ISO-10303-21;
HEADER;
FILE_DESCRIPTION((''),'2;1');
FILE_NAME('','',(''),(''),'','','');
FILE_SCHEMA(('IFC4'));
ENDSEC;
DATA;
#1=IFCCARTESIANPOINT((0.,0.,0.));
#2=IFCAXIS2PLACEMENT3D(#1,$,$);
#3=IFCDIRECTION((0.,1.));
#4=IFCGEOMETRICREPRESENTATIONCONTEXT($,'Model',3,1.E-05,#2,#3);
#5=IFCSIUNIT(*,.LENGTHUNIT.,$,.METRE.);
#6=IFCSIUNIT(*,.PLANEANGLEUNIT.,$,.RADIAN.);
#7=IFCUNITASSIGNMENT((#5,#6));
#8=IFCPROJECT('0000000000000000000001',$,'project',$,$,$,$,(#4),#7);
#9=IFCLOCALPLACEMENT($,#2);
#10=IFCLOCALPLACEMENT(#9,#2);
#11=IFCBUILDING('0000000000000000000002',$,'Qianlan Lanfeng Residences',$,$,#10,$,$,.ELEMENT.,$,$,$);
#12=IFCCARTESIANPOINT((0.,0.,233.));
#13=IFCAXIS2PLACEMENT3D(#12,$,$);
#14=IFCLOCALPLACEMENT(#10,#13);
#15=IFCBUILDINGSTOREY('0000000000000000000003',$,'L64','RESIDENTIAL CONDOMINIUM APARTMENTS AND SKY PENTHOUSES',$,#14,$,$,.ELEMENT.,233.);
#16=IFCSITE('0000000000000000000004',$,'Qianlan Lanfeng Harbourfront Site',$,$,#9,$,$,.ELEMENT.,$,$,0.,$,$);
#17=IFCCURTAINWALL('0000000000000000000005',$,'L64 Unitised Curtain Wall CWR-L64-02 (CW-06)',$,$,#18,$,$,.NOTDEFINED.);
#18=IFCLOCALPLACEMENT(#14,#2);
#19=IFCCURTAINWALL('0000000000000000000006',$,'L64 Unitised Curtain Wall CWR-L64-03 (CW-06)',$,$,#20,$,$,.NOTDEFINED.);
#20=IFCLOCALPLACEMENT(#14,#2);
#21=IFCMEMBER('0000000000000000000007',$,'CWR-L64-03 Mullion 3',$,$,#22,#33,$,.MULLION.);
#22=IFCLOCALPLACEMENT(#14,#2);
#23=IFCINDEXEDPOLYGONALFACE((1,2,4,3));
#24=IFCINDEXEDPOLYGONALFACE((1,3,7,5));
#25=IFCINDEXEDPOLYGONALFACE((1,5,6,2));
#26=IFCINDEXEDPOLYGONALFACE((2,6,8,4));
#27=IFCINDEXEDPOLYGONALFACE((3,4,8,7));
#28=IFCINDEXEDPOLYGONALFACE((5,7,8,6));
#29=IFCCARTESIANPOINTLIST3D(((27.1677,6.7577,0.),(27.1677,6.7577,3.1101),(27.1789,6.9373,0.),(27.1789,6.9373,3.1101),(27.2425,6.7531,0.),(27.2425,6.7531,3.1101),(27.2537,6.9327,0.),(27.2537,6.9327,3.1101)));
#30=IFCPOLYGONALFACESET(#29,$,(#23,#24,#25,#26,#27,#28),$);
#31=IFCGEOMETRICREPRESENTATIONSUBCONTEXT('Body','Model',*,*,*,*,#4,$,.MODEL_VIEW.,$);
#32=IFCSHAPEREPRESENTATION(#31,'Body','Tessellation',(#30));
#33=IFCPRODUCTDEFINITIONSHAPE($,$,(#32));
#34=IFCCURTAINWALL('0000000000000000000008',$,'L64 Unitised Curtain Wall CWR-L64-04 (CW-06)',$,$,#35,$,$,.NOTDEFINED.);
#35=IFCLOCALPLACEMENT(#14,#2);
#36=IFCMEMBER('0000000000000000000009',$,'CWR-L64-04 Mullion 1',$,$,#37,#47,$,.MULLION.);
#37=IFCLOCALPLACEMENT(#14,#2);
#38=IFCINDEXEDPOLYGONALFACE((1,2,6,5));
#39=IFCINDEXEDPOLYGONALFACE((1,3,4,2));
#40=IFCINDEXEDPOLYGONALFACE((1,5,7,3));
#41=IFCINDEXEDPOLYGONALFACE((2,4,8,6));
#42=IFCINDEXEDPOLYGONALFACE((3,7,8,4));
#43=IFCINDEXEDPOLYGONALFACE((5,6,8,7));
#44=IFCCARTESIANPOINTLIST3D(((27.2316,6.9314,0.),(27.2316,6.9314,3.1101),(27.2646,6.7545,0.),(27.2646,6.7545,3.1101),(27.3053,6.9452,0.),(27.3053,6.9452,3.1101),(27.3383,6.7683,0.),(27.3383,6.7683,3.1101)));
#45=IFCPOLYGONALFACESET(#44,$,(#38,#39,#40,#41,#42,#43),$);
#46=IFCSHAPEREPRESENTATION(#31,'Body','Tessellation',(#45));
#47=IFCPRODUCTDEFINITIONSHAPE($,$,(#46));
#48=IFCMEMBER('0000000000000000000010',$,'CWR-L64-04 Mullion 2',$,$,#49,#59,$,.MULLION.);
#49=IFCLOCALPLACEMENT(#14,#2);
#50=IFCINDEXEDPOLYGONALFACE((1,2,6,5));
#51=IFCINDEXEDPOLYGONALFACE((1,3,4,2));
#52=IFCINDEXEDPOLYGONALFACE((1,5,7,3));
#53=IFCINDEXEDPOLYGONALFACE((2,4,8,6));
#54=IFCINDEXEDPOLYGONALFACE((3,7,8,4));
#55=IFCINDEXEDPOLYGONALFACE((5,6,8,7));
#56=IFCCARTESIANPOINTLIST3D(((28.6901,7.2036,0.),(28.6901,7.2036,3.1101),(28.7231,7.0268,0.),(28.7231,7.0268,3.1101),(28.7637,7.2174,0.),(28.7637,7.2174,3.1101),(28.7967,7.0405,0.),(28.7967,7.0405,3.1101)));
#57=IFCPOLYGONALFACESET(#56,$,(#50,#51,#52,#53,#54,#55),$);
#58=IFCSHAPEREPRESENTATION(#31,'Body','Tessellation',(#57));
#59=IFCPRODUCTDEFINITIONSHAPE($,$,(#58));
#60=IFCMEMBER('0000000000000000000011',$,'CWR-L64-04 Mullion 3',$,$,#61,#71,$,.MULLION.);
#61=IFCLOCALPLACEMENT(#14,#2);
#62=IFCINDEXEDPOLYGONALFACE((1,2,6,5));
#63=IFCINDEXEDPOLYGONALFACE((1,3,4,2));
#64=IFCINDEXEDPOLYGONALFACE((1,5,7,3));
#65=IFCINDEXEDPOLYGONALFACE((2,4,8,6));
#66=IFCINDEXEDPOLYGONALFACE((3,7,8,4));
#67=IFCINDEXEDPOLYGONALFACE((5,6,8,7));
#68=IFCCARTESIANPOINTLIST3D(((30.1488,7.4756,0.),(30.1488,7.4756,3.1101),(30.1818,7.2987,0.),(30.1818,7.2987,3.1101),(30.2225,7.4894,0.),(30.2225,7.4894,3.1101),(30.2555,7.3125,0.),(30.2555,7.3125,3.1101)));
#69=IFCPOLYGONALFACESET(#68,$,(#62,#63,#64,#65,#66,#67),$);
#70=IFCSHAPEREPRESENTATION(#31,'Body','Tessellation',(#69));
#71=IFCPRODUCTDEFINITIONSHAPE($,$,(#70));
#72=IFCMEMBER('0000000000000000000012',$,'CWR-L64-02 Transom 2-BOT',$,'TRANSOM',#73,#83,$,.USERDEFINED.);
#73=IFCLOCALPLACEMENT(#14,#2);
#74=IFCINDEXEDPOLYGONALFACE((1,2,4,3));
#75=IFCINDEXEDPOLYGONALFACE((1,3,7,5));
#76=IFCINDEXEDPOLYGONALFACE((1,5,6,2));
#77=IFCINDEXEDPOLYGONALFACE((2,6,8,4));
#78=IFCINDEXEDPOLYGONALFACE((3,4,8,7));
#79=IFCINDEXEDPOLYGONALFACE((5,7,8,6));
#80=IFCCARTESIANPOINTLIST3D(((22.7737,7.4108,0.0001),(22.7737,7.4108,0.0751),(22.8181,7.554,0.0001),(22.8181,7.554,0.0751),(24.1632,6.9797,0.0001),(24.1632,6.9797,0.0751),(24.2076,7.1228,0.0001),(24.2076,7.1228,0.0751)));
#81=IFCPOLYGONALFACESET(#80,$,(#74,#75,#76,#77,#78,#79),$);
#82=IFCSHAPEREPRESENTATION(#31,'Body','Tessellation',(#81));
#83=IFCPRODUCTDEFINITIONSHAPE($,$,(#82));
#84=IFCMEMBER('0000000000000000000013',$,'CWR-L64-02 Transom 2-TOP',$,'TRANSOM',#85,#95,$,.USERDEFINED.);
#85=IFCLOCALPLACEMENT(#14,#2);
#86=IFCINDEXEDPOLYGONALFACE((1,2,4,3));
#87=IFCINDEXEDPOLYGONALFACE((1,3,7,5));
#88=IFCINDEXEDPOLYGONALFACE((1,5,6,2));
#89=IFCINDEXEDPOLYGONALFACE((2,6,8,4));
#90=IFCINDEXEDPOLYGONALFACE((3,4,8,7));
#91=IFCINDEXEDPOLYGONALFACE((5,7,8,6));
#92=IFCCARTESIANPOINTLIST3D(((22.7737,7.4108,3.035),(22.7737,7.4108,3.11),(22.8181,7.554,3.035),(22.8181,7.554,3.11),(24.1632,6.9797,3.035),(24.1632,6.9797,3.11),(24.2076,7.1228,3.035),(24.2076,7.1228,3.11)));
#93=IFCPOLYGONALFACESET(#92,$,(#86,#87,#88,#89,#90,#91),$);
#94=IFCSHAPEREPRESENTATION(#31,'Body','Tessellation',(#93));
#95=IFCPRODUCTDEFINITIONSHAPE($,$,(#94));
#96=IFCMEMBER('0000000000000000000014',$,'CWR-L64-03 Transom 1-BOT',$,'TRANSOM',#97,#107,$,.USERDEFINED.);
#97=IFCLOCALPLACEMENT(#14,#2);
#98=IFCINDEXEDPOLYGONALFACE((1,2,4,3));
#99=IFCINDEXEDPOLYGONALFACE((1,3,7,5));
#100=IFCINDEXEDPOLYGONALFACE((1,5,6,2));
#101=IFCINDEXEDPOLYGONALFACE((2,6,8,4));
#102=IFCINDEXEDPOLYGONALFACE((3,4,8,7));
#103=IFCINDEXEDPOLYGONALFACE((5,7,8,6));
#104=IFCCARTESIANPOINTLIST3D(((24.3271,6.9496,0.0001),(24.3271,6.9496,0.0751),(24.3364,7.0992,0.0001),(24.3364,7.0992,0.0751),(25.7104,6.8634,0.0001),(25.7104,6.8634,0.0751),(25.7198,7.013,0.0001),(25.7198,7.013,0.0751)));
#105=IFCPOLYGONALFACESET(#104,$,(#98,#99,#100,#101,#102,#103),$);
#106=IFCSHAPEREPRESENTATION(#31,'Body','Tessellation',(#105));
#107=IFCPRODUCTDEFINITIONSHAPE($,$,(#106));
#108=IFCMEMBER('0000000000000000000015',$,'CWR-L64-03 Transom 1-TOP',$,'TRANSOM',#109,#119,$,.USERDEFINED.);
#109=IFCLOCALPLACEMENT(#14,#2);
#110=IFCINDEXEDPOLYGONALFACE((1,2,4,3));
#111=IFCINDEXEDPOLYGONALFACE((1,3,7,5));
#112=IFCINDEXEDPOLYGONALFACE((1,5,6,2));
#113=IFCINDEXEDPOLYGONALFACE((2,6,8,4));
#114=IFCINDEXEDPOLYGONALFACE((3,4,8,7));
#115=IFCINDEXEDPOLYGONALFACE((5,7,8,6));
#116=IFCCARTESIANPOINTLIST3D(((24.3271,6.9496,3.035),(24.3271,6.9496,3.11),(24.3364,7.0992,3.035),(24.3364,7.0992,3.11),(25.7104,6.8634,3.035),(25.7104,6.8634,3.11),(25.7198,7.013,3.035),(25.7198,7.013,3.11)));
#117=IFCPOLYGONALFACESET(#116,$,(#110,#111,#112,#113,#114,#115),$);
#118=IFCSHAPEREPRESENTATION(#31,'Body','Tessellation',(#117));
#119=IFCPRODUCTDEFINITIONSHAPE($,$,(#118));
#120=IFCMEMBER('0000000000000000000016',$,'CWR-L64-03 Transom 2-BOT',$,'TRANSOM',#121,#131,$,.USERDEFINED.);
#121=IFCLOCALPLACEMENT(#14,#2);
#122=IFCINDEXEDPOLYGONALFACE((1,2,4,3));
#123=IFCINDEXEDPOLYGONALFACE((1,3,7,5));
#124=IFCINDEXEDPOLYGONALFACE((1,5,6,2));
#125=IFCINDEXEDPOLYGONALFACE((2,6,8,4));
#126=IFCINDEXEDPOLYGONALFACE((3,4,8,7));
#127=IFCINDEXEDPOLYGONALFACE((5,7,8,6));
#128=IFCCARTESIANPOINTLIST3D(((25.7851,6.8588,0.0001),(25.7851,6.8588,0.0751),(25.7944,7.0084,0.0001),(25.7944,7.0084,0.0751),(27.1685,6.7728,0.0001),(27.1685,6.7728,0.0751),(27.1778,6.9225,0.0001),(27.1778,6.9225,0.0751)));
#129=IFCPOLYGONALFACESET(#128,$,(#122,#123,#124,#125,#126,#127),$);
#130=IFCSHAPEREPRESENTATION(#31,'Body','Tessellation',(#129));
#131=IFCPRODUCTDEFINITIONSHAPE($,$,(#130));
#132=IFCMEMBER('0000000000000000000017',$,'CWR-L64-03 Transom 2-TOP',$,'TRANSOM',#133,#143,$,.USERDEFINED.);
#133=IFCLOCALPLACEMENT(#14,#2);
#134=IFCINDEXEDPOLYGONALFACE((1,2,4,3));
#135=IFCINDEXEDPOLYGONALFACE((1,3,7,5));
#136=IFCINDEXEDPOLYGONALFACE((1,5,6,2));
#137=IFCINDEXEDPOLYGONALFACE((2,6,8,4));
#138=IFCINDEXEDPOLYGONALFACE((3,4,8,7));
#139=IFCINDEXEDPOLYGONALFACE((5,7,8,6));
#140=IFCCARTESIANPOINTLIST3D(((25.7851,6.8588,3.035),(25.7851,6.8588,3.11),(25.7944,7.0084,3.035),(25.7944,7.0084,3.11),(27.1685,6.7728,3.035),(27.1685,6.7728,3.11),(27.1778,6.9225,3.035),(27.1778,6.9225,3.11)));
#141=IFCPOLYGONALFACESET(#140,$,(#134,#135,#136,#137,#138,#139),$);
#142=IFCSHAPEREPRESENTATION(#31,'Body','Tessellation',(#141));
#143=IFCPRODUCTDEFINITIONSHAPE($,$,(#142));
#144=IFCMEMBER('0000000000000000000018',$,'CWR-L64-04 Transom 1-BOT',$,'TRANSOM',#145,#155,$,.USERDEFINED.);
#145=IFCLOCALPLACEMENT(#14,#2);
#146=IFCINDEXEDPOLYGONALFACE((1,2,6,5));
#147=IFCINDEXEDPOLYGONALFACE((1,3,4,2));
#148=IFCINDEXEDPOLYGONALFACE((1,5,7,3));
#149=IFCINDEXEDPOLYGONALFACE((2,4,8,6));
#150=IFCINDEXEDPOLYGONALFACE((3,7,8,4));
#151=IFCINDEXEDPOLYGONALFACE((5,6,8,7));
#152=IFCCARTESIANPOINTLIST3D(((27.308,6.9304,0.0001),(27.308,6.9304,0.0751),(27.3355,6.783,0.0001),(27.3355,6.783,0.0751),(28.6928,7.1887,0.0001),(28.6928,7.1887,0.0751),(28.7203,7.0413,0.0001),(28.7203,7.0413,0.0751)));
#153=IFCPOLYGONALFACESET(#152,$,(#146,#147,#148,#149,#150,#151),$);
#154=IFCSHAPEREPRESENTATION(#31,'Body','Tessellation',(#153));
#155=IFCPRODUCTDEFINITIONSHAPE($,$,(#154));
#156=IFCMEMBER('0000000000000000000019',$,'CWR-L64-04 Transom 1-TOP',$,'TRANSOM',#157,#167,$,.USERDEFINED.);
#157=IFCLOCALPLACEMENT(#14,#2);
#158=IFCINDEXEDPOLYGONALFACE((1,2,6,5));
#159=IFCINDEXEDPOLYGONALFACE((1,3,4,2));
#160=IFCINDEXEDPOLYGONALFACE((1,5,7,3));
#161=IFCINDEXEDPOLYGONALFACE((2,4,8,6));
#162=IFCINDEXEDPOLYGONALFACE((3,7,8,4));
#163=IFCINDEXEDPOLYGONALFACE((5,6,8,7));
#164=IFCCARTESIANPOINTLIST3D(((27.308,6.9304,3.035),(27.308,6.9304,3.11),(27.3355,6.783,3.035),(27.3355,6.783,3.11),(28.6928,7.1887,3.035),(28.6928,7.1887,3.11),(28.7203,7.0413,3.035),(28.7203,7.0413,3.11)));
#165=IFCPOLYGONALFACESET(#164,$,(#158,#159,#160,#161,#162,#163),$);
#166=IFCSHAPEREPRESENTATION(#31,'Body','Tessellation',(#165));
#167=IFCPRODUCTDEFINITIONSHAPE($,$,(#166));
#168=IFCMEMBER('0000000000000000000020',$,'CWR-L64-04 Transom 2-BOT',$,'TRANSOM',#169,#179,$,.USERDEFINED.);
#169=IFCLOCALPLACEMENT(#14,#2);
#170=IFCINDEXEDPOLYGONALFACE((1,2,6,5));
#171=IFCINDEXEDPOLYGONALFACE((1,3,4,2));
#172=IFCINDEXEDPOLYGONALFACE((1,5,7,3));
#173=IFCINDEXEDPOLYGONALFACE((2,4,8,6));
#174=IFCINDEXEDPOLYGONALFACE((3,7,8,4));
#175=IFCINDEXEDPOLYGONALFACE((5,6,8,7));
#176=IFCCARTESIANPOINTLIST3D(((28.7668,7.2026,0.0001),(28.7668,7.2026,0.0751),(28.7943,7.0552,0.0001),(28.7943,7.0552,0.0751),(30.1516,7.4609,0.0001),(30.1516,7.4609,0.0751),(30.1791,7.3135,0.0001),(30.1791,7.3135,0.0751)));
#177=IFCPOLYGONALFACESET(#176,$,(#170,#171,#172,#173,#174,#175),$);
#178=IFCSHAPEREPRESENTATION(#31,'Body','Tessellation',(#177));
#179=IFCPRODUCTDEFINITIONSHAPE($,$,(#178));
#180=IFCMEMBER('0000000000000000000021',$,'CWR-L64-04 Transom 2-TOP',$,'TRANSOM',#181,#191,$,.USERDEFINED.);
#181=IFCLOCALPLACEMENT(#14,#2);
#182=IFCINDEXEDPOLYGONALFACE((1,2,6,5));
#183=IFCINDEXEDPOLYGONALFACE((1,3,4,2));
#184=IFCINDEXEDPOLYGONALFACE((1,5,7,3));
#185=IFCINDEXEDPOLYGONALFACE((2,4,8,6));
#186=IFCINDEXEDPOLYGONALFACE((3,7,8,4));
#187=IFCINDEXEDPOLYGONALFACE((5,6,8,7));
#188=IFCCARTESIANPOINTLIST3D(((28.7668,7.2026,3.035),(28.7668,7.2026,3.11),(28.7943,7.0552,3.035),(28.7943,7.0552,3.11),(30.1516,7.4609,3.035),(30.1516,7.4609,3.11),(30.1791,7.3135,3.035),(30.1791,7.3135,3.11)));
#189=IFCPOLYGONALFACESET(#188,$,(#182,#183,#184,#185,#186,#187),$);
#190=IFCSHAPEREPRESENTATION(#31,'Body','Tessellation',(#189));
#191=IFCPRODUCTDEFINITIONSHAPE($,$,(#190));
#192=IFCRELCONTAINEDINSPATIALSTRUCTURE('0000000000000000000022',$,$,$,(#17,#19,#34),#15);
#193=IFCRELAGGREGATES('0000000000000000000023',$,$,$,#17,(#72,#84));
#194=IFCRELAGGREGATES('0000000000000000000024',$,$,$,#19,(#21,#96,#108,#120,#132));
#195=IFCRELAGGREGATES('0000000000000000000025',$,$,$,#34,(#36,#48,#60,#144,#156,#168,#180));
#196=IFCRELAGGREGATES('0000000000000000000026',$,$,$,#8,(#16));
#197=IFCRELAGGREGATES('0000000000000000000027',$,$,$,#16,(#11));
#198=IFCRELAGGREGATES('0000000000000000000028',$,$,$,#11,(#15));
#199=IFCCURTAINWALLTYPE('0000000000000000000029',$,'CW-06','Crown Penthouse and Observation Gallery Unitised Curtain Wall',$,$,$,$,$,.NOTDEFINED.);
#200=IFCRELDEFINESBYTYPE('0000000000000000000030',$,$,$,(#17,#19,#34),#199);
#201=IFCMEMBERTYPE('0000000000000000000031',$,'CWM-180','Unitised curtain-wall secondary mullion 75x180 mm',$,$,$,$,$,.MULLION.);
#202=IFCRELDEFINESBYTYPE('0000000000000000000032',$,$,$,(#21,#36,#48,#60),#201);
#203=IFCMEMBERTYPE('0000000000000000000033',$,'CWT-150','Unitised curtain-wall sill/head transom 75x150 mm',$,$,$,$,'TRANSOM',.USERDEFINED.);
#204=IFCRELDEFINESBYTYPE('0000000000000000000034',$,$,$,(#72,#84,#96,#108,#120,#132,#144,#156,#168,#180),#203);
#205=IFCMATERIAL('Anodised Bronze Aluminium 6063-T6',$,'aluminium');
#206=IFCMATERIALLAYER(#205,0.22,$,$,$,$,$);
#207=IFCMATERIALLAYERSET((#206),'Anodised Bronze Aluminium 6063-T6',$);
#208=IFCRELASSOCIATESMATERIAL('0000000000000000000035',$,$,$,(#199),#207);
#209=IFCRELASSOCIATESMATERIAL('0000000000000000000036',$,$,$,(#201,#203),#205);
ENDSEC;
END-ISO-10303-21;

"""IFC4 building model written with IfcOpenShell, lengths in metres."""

from ifc_helpers import new_model, si_unit, direction, frame, origin, origin_2d, place, context, subcontext, project, spatial, rectangle, extrude, source, transform, mapped, material, layer, layer_set, material_profile, profile_set, type_object, element, aggregate, save


model = new_model("IFC4")

# Units and contexts
model_context = context("Model", 3, precision=1e-05, world=origin(), true_north=direction((0.0, 1.0)))
body_context = subcontext(model_context, "Body", "Model", "MODEL_VIEW")
ifc_project = project(units=[si_unit("LENGTHUNIT", "METRE"), si_unit("PLANEANGLEUNIT", "RADIAN")], contexts=[model_context])

# Site, building, storey
site_placement = place(None, origin())
site = spatial("IfcSite", under=ifc_project, at=site_placement, Name="Qianlan Lanfeng Harbourfront Site", CompositionType="ELEMENT", RefElevation=0.0)
building_placement = place(site_placement, origin())
building = spatial("IfcBuilding", under=site, at=building_placement, Name="Qianlan Lanfeng Residences", CompositionType="ELEMENT")
storey_placement = place(building_placement, frame((0.0, 0.0, 233.0)))
storey = spatial("IfcBuildingStorey", under=building, at=storey_placement, Name="L64", Description="RESIDENTIAL CONDOMINIUM APARTMENTS AND SKY PENTHOUSES", CompositionType="ELEMENT", Elevation=233.0)

# Curtain wall
ifc_material_1 = material(Name="Anodised Bronze Aluminium 6063-T6", Category="aluminium")
ifc_layer_1 = layer(ifc_material_1, 0.22)
ifc_layer_set_1 = layer_set([ifc_layer_1], Name="Anodised Bronze Aluminium 6063-T6")
curtain_wall_type = type_object("IfcCurtainWallType", Name="CW-06", Description="Crown Penthouse and Observation Gallery Unitised Curtain Wall", PredefinedType="NOTDEFINED", material=ifc_layer_set_1)
curtain_wall_1_placement = place(storey_placement, origin())
curtain_wall_1 = element("IfcCurtainWall", 1, at=curtain_wall_1_placement, inside=storey, type_object=curtain_wall_type, Name="L64 Unitised Curtain Wall CWR-L64-02 (CW-06)", PredefinedType="NOTDEFINED")
ifc_material_profile_1 = material_profile(ifc_material_1, rectangle(XDim=0.075, YDim=0.1799, at=origin_2d()), Name="ALU MULLION 75x180")
ifc_profile_set_1 = profile_set([ifc_material_profile_1], Name="Anodised Bronze Aluminium 6063-T6")
member_type_1 = type_object("IfcMemberType", Name="CWM-180", Description="Unitised curtain-wall secondary mullion 75x180 mm", PredefinedType="MULLION", material=ifc_profile_set_1)
shared_shape_1 = source(origin(), body_context, "Body", "SweptSolid", [
    extrude(rectangle(XDim=0.075, YDim=0.1799, at=origin_2d()), origin(), (0.0, 0.0, 1.0), 3.1101),
])

# Curtain walls, members
curtain_wall_2_placement = place(storey_placement, origin())
curtain_wall_2 = element("IfcCurtainWall", 2, at=curtain_wall_2_placement, inside=storey, type_object=curtain_wall_type, Name="L64 Unitised Curtain Wall CWR-L64-03 (CW-06)", PredefinedType="NOTDEFINED")
member_1_placement = place(storey_placement, frame((27.2107, 6.8452, 0.0), z_axis=(0.0, 0.0, 1.0), x_axis=(0.998072, -0.062066, 0.0)))
member_1 = element("IfcMember", 3, at=member_1_placement, type_object=member_type_1, Name="CWR-L64-03 Mullion 3", PredefinedType="MULLION", context=body_context, shape_type="MappedRepresentation", body=[
    mapped(shared_shape_1, transform((0.0, 0.0, 0.0), scale=1.0)),
])
curtain_wall_3_placement = place(storey_placement, origin())
curtain_wall_3 = element("IfcCurtainWall", 4, at=curtain_wall_3_placement, inside=storey, type_object=curtain_wall_type, Name="L64 Unitised Curtain Wall CWR-L64-04 (CW-06)", PredefinedType="NOTDEFINED")
member_2_placement = place(storey_placement, frame((27.2849, 6.8499, 0.0), z_axis=(0.0, 0.0, 1.0), x_axis=(0.983039, 0.183395, 0.0)))
member_2 = element("IfcMember", 5, at=member_2_placement, type_object=member_type_1, Name="CWR-L64-04 Mullion 1", PredefinedType="MULLION", context=body_context, shape_type="MappedRepresentation", body=[
    mapped(shared_shape_1, transform((0.0, 0.0, 0.0), scale=1.0)),
])
member_3_placement = place(storey_placement, frame((28.7434, 7.1221, 0.0), z_axis=(0.0, 0.0, 1.0), x_axis=(0.983039, 0.183395, 0.0)))
member_3 = element("IfcMember", 6, at=member_3_placement, type_object=member_type_1, Name="CWR-L64-04 Mullion 2", PredefinedType="MULLION", context=body_context, shape_type="MappedRepresentation", body=[
    mapped(shared_shape_1, transform((0.0, 0.0, 0.0), scale=1.0)),
])
member_4_placement = place(storey_placement, frame((30.2021, 7.394, 0.0), z_axis=(0.0, 0.0, 1.0), x_axis=(0.983039, 0.183395, 0.0)))
member_4 = element("IfcMember", 7, at=member_4_placement, type_object=member_type_1, Name="CWR-L64-04 Mullion 3", PredefinedType="MULLION", context=body_context, shape_type="MappedRepresentation", body=[
    mapped(shared_shape_1, transform((0.0, 0.0, 0.0), scale=1.0)),
])

# Members
ifc_material_profile_2 = material_profile(ifc_material_1, rectangle(XDim=0.075, YDim=0.1499, at=origin_2d()), Name="ALU TRANSOM 75x150")
ifc_profile_set_2 = profile_set([ifc_material_profile_2], Name="Anodised Bronze Aluminium 6063-T6")
member_type_2 = type_object("IfcMemberType", Name="CWT-150", Description="Unitised curtain-wall sill/head transom 75x150 mm", ElementType="TRANSOM", PredefinedType="USERDEFINED", material=ifc_profile_set_2)
shared_shape_2 = source(origin(), body_context, "Body", "SweptSolid", [
    extrude(rectangle(XDim=0.075, YDim=0.1499, at=origin_2d()), origin(), (0.0, 0.0, 1.0), 1.4548),
])
member_5_placement = place(storey_placement, frame((22.7959, 7.4824, 0.0376), z_axis=(0.955072, -0.296373, 0.0), x_axis=(0.0, 0.0, 1.0)))
member_5 = element("IfcMember", 8, at=member_5_placement, type_object=member_type_2, Name="CWR-L64-02 Transom 2-BOT", ObjectType="TRANSOM", PredefinedType="USERDEFINED", context=body_context, shape_type="MappedRepresentation", body=[
    mapped(shared_shape_2, transform((0.0, 0.0, 0.0), scale=1.0)),
])
member_6_placement = place(storey_placement, frame((22.7959, 7.4824, 3.0725), z_axis=(0.955072, -0.296373, 0.0), x_axis=(0.0, 0.0, 1.0)))
member_6 = element("IfcMember", 9, at=member_6_placement, type_object=member_type_2, Name="CWR-L64-02 Transom 2-TOP", ObjectType="TRANSOM", PredefinedType="USERDEFINED", context=body_context, shape_type="MappedRepresentation", body=[
    mapped(shared_shape_2, transform((0.0, 0.0, 0.0), scale=1.0)),
])
shared_shape_3 = source(origin(), body_context, "Body", "SweptSolid", [
    extrude(rectangle(XDim=0.075, YDim=0.1499, at=origin_2d()), origin(), (0.0, 0.0, 1.0), 1.386),
])
member_7_placement = place(storey_placement, frame((24.3318, 7.0244, 0.0376), z_axis=(0.998065, -0.062181, 0.0), x_axis=(0.0, 0.0, 1.0)))
member_7 = element("IfcMember", 10, at=member_7_placement, type_object=member_type_2, Name="CWR-L64-03 Transom 1-BOT", ObjectType="TRANSOM", PredefinedType="USERDEFINED", context=body_context, shape_type="MappedRepresentation", body=[
    mapped(shared_shape_3, transform((0.0, 0.0, 0.0), scale=1.0)),
])
member_8_placement = place(storey_placement, frame((24.3318, 7.0244, 3.0725), z_axis=(0.998065, -0.062181, 0.0), x_axis=(0.0, 0.0, 1.0)))
member_8 = element("IfcMember", 11, at=member_8_placement, type_object=member_type_2, Name="CWR-L64-03 Transom 1-TOP", ObjectType="TRANSOM", PredefinedType="USERDEFINED", context=body_context, shape_type="MappedRepresentation", body=[
    mapped(shared_shape_3, transform((0.0, 0.0, 0.0), scale=1.0)),
])
member_9_placement = place(storey_placement, frame((25.7898, 6.9336, 0.0376), z_axis=(0.998076, -0.062005, 0.0), x_axis=(0.0, 0.0, 1.0)))
member_9 = element("IfcMember", 12, at=member_9_placement, type_object=member_type_2, Name="CWR-L64-03 Transom 2-BOT", ObjectType="TRANSOM", PredefinedType="USERDEFINED", context=body_context, shape_type="MappedRepresentation", body=[
    mapped(shared_shape_3, transform((0.0, 0.0, 0.0), scale=1.0)),
])
member_10_placement = place(storey_placement, frame((25.7898, 6.9336, 3.0725), z_axis=(0.998076, -0.062005, 0.0), x_axis=(0.0, 0.0, 1.0)))
member_10 = element("IfcMember", 13, at=member_10_placement, type_object=member_type_2, Name="CWR-L64-03 Transom 2-TOP", ObjectType="TRANSOM", PredefinedType="USERDEFINED", context=body_context, shape_type="MappedRepresentation", body=[
    mapped(shared_shape_3, transform((0.0, 0.0, 0.0), scale=1.0)),
])
shared_shape_4 = source(origin(), body_context, "Body", "SweptSolid", [
    extrude(rectangle(XDim=0.075, YDim=0.1499, at=origin_2d()), origin(), (0.0, 0.0, 1.0), 1.4087),
])
member_11_placement = place(storey_placement, frame((27.3218, 6.8567, 0.0376), z_axis=(0.983044, 0.183368, 0.0), x_axis=(0.0, 0.0, 1.0)))
member_11 = element("IfcMember", 14, at=member_11_placement, type_object=member_type_2, Name="CWR-L64-04 Transom 1-BOT", ObjectType="TRANSOM", PredefinedType="USERDEFINED", context=body_context, shape_type="MappedRepresentation", body=[
    mapped(shared_shape_4, transform((0.0, 0.0, 0.0), scale=1.0)),
])
member_12_placement = place(storey_placement, frame((27.3218, 6.8567, 3.0725), z_axis=(0.983044, 0.183368, 0.0), x_axis=(0.0, 0.0, 1.0)))
member_12 = element("IfcMember", 15, at=member_12_placement, type_object=member_type_2, Name="CWR-L64-04 Transom 1-TOP", ObjectType="TRANSOM", PredefinedType="USERDEFINED", context=body_context, shape_type="MappedRepresentation", body=[
    mapped(shared_shape_4, transform((0.0, 0.0, 0.0), scale=1.0)),
])
member_13_placement = place(storey_placement, frame((28.7805, 7.1289, 0.0376), z_axis=(0.983044, 0.183368, 0.0), x_axis=(0.0, 0.0, 1.0)))
member_13 = element("IfcMember", 16, at=member_13_placement, type_object=member_type_2, Name="CWR-L64-04 Transom 2-BOT", ObjectType="TRANSOM", PredefinedType="USERDEFINED", context=body_context, shape_type="MappedRepresentation", body=[
    mapped(shared_shape_4, transform((0.0, 0.0, 0.0), scale=1.0)),
])
member_14_placement = place(storey_placement, frame((28.7805, 7.1289, 3.0725), z_axis=(0.983044, 0.183368, 0.0), x_axis=(0.0, 0.0, 1.0)))
member_14 = element("IfcMember", 17, at=member_14_placement, type_object=member_type_2, Name="CWR-L64-04 Transom 2-TOP", ObjectType="TRANSOM", PredefinedType="USERDEFINED", context=body_context, shape_type="MappedRepresentation", body=[
    mapped(shared_shape_4, transform((0.0, 0.0, 0.0), scale=1.0)),
])

aggregate(curtain_wall_1, [member_5, member_6])
aggregate(curtain_wall_2, [member_1, member_7, member_8, member_9, member_10])
aggregate(curtain_wall_3, [member_2, member_3, member_4, member_11, member_12, member_13, member_14])

save(model, "model.ifc")
